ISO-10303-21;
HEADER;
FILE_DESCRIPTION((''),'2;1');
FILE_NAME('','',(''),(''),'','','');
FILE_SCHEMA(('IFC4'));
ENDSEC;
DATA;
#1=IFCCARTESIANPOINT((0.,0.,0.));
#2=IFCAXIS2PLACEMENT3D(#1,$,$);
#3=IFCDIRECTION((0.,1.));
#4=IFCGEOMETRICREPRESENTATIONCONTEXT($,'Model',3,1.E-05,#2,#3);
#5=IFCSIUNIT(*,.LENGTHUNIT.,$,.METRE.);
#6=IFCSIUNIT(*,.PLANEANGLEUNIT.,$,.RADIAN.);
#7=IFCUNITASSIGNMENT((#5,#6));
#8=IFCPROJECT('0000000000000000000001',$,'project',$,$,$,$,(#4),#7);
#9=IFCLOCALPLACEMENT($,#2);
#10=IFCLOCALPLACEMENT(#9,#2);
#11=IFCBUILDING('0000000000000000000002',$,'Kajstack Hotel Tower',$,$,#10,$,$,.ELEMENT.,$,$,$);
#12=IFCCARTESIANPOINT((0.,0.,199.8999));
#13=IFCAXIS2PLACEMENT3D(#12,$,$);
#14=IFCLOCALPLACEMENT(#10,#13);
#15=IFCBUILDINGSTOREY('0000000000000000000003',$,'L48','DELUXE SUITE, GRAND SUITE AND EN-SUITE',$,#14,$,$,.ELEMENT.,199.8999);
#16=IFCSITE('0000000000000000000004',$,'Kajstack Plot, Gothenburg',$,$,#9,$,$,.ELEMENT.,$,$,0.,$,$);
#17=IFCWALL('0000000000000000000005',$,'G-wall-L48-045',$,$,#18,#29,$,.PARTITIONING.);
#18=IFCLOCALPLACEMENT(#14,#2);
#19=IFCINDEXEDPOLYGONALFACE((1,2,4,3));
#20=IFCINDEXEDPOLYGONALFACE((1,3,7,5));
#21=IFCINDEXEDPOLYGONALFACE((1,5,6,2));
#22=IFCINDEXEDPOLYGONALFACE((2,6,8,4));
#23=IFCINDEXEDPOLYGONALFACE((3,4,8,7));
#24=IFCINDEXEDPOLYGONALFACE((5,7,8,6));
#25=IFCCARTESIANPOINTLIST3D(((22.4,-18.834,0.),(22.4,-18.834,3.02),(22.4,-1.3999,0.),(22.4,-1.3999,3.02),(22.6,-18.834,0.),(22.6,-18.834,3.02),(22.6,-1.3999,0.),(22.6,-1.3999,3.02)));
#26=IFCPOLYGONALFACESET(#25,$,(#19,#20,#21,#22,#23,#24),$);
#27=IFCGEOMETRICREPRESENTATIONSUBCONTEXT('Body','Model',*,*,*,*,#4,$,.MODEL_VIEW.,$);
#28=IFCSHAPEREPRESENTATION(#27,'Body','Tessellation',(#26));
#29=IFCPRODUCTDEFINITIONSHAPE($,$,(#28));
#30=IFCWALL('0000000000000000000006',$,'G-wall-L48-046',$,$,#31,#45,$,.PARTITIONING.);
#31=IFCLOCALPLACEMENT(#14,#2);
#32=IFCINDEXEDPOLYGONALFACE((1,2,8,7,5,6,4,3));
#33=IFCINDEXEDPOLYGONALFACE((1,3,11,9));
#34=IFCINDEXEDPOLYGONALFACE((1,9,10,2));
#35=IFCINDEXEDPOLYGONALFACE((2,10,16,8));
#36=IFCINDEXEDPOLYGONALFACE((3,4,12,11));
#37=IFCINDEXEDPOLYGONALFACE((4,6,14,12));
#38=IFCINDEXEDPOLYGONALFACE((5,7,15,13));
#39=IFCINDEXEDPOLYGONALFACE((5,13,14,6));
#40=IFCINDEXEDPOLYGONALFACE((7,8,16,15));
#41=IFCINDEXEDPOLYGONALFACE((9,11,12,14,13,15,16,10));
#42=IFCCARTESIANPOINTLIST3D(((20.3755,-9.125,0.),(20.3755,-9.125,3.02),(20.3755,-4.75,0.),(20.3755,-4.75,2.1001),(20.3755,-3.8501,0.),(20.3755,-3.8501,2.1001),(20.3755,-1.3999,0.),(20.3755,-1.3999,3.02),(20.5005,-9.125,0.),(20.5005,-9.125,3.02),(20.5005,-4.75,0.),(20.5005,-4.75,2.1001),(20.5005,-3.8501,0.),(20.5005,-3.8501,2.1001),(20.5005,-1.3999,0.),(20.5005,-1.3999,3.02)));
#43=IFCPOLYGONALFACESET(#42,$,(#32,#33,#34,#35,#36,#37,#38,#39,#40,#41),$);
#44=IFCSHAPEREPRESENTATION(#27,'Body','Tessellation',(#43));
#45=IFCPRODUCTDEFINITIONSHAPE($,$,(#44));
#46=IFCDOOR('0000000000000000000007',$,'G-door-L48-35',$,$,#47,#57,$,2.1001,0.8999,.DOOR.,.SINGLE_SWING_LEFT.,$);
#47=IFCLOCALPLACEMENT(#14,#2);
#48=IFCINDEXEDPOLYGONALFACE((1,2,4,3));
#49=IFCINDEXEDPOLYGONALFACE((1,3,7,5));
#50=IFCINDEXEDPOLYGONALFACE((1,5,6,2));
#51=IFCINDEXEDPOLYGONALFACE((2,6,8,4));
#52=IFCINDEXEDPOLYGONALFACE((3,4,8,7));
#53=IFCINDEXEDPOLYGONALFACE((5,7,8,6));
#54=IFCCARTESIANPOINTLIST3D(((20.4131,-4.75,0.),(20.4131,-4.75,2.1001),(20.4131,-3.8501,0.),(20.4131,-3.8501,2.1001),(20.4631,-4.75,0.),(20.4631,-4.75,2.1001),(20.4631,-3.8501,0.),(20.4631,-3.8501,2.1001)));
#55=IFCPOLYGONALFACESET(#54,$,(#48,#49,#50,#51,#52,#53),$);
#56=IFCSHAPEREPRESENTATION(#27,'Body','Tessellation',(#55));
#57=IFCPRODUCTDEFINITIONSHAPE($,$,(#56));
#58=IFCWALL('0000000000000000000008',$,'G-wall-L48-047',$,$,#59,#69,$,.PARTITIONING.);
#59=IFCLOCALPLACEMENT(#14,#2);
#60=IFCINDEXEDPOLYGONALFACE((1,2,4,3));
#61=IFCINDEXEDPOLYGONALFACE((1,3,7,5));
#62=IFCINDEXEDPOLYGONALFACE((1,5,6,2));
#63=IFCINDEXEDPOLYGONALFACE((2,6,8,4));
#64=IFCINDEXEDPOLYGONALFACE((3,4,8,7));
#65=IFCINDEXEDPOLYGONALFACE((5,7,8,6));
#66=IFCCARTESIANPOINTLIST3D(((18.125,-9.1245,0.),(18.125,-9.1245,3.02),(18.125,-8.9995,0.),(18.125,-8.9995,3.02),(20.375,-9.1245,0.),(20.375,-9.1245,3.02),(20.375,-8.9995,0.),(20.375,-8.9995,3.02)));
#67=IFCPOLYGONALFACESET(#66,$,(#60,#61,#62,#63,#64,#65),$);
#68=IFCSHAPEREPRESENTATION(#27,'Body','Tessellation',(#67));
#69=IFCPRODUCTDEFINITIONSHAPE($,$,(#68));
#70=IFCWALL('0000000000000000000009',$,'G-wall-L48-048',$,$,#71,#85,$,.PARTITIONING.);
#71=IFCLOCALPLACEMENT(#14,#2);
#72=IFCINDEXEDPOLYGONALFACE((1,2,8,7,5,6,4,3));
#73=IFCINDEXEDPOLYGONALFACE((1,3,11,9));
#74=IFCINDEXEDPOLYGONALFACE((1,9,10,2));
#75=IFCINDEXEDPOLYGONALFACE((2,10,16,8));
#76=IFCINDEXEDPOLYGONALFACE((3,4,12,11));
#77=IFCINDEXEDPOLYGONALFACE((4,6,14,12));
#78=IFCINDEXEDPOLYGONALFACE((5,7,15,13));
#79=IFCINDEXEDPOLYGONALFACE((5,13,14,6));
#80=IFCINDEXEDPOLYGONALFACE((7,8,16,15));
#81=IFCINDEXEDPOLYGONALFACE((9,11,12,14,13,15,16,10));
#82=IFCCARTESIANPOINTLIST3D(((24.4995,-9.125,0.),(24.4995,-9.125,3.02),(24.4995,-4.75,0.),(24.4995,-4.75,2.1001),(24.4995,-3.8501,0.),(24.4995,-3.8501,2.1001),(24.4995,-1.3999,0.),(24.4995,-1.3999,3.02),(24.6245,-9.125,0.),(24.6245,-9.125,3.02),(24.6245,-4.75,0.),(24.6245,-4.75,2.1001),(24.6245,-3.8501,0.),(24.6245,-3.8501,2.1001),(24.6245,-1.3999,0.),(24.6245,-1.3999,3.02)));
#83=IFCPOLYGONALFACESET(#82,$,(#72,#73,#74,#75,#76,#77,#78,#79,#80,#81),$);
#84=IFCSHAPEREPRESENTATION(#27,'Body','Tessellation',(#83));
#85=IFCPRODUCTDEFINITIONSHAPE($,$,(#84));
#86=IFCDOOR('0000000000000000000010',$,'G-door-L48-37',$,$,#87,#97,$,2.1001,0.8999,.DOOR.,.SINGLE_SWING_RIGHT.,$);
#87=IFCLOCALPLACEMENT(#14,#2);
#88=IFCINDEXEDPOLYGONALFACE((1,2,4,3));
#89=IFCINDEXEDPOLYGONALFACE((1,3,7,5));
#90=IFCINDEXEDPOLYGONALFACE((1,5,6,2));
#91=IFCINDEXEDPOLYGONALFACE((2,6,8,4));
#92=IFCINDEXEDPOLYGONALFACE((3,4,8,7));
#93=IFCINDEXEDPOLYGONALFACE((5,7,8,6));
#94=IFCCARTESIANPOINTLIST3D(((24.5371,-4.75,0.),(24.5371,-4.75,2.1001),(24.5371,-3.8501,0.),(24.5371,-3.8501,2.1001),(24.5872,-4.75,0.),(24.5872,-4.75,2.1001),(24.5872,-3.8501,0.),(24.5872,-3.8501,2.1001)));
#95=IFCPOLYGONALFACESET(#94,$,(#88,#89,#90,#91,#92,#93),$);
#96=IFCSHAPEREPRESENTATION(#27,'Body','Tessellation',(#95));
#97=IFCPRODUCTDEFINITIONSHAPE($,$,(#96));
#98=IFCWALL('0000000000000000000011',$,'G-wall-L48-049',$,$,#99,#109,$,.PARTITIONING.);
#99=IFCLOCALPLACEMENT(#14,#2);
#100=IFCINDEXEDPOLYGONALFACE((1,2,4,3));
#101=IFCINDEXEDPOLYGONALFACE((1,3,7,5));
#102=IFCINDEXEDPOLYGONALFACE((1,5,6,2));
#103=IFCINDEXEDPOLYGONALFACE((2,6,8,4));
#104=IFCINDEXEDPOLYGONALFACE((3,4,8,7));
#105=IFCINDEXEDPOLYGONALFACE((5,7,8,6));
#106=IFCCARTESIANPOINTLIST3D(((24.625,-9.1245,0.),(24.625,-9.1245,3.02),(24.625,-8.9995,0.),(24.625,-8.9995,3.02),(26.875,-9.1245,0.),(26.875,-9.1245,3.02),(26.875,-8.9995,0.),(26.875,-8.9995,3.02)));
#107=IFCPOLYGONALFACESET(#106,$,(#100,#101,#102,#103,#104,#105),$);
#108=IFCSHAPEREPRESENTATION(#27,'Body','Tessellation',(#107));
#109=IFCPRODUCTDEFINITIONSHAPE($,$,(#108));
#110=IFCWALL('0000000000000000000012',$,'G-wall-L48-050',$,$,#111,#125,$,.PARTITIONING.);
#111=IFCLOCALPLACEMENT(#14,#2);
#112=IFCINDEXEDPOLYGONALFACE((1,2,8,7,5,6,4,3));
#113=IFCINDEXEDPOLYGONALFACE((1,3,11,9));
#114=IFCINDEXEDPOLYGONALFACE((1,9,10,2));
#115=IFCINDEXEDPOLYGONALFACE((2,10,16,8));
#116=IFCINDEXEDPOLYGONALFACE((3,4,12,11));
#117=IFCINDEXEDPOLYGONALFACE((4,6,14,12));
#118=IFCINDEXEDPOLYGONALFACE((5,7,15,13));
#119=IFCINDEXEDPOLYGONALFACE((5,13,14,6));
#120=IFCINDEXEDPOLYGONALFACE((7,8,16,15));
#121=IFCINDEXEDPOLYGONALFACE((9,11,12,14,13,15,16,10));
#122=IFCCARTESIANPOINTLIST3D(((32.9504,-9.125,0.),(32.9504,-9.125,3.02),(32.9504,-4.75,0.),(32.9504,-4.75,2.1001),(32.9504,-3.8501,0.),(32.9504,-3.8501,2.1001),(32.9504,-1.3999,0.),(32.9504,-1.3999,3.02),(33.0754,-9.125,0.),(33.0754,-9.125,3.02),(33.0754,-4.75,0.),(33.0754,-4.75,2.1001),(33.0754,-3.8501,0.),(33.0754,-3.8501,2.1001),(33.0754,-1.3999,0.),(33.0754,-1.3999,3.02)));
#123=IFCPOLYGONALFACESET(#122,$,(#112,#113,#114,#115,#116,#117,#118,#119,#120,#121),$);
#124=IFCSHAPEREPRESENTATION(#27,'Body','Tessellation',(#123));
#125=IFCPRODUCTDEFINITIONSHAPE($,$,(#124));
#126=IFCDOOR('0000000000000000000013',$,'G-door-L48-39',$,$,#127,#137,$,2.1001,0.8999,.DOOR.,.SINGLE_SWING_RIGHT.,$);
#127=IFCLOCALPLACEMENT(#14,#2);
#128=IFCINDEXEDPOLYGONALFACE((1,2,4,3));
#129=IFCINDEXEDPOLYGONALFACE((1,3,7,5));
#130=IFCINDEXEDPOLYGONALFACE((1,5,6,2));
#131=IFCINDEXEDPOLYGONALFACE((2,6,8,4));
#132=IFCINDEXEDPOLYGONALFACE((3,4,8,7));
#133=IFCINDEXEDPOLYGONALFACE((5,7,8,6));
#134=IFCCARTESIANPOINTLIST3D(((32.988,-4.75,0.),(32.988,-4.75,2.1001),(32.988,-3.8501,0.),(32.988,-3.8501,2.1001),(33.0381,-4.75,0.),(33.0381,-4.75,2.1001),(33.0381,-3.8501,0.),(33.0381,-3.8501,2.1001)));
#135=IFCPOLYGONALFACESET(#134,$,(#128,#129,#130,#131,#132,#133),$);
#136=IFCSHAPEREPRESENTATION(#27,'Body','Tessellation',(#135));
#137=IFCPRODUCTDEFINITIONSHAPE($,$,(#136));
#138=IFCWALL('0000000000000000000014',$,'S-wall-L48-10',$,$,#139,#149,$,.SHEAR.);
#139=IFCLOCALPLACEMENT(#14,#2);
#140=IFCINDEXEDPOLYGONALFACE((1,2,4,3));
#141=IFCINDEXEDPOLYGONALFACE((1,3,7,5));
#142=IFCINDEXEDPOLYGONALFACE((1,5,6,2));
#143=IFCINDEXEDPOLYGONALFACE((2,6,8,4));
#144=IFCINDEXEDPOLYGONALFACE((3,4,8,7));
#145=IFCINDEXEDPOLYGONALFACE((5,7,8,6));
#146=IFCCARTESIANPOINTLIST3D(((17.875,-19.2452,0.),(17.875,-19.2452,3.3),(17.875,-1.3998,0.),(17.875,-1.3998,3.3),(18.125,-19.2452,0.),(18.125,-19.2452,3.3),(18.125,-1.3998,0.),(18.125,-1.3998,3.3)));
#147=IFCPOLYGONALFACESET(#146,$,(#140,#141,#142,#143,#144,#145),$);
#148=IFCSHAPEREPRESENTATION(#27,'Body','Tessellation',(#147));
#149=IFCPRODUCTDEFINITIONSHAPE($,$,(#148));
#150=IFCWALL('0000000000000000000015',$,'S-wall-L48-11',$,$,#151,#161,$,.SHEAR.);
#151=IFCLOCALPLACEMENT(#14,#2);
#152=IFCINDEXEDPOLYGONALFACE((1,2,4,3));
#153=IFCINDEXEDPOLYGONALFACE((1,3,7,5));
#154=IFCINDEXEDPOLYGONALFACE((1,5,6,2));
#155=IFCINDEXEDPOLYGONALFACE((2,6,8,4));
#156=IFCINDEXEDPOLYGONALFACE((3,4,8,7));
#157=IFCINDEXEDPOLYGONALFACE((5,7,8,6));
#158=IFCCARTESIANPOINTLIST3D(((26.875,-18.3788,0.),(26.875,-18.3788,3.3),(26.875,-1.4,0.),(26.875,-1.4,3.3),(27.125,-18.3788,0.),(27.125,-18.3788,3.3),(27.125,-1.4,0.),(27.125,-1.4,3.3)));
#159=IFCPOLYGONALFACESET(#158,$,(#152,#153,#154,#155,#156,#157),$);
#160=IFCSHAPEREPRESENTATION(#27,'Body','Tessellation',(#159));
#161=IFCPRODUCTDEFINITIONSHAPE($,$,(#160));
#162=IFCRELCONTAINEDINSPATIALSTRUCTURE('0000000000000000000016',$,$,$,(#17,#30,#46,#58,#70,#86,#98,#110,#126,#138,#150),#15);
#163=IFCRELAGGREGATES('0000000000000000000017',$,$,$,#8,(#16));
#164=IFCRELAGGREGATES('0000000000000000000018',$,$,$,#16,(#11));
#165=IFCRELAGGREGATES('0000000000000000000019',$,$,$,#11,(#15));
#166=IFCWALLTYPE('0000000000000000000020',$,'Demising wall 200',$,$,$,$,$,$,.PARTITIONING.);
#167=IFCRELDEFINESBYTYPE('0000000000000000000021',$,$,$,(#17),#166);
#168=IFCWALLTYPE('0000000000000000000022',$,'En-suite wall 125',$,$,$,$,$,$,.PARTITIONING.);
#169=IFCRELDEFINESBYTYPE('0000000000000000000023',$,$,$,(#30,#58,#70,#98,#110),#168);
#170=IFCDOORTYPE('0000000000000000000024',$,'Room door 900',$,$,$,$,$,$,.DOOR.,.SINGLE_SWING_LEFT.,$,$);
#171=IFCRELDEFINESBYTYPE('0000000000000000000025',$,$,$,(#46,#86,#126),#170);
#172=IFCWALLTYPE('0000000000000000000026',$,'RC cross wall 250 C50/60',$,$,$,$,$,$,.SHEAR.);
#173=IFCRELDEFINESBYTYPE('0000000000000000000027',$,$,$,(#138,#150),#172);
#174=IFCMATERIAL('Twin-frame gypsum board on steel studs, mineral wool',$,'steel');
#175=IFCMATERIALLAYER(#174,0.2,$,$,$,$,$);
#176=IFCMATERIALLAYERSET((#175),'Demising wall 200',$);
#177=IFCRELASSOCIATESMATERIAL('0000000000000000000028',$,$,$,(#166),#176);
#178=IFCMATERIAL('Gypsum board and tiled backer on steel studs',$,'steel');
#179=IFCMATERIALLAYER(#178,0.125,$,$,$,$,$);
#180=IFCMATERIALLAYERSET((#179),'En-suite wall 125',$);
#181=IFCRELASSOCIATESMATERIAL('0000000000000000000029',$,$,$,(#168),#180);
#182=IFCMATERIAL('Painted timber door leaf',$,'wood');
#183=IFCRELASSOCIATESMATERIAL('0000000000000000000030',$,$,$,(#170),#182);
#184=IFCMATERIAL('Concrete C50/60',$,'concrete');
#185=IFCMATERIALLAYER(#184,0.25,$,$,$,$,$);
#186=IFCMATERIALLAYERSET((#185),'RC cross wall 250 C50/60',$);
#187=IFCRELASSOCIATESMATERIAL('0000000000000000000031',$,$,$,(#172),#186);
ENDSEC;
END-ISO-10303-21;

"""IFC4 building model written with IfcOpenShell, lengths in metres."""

from ifc_helpers import new_model, si_unit, direction, frame, frame_2d, origin, place, context, subcontext, project, spatial, rectangle, extrude, material, layer, layer_set, type_object, element, fill, save


model = new_model("IFC4")

# Units and contexts
model_context = context("Model", 3, precision=1e-05, world=origin(), true_north=direction((0.0, 1.0)))
body_context = subcontext(model_context, "Body", "Model", "MODEL_VIEW")
ifc_project = project(units=[si_unit("LENGTHUNIT", "METRE"), si_unit("PLANEANGLEUNIT", "RADIAN")], contexts=[model_context])

# Site, building, storey
site_placement = place(None, origin())
site = spatial("IfcSite", under=ifc_project, at=site_placement, Name="Kajstack Plot, Gothenburg", CompositionType="ELEMENT", RefElevation=0.0)
building_placement = place(site_placement, origin())
building = spatial("IfcBuilding", under=site, at=building_placement, Name="Kajstack Hotel Tower", CompositionType="ELEMENT")
storey_placement = place(building_placement, frame((0.0, 0.0, 199.8999)))
storey = spatial("IfcBuildingStorey", under=building, at=storey_placement, Name="L48", Description="DELUXE SUITE, GRAND SUITE AND EN-SUITE", CompositionType="ELEMENT", Elevation=199.8999)

# Wall
ifc_material_1 = material(Name="Twin-frame gypsum board on steel studs, mineral wool", Category="steel")
ifc_layer_1 = layer(ifc_material_1, 0.2)
ifc_layer_set_1 = layer_set([ifc_layer_1], Name="Demising wall 200")
wall_type_1 = type_object("IfcWallType", Name="Demising wall 200", PredefinedType="PARTITIONING", material=ifc_layer_set_1)
wall_1_placement = place(storey_placement, frame((22.5, -18.834, 0.0), z_axis=(0.0, 0.0, 1.0), x_axis=(0.0, 1.0, 0.0)))
element("IfcWall", 1, at=wall_1_placement, inside=storey, type_object=wall_type_1, Name="G-wall-L48-045", PredefinedType="PARTITIONING", context=body_context, shape_type="SweptSolid", body=[
    extrude(rectangle(XDim=17.4341, YDim=0.2, at=frame_2d((8.717, 0.0))), origin(), (0.0, 0.0, 1.0), 3.02),
])

# Wall, opening, door
ifc_material_2 = material(Name="Gypsum board and tiled backer on steel studs", Category="steel")
ifc_layer_2 = layer(ifc_material_2, 0.125)
ifc_layer_set_2 = layer_set([ifc_layer_2], Name="En-suite wall 125")
wall_type_2 = type_object("IfcWallType", Name="En-suite wall 125", PredefinedType="PARTITIONING", material=ifc_layer_set_2)
wall_2_placement = place(storey_placement, frame((20.438, -9.125, 0.0), z_axis=(0.0, 0.0, 1.0), x_axis=(0.0, 1.0, 0.0)))
wall_2 = element("IfcWall", 2, at=wall_2_placement, inside=storey, type_object=wall_type_2, Name="G-wall-L48-046", PredefinedType="PARTITIONING", context=body_context, shape_type="SweptSolid", body=[
    extrude(rectangle(XDim=7.7251, YDim=0.125, at=frame_2d((3.8625, 0.0))), origin(), (0.0, 0.0, 1.0), 3.02),
])
opening_1_placement = place(wall_2_placement, frame((4.375, 0.0, 0.0)))
opening_1 = element("IfcOpeningElement", 3, at=opening_1_placement, cuts=wall_2, PredefinedType="OPENING", context=body_context, shape_type="SweptSolid", body=[
    extrude(rectangle(XDim=0.8999, YDim=2.1001, at=frame_2d((0.45, 1.05))), frame((0.0, 0.0725, 0.0), z_axis=(0.0, -1.0, 0.0), x_axis=(1.0, 0.0, 0.0)), (0.0, 0.0, 1.0), 0.145),
])
ifc_material_3 = material(Name="Painted timber door leaf", Category="wood")
door_type_1 = type_object("IfcDoorType", Name="Room door 900", OperationType="SINGLE_SWING_LEFT", PredefinedType="DOOR", material=ifc_material_3)
door_1_placement = place(opening_1_placement, origin())
door_1 = element("IfcDoor", 4, at=door_1_placement, inside=storey, type_object=door_type_1, Name="G-door-L48-35", OperationType="SINGLE_SWING_LEFT", OverallHeight=2.1001, OverallWidth=0.8999, PredefinedType="DOOR", context=body_context, shape_type="SweptSolid", body=[
    extrude(rectangle(XDim=0.8999, YDim=2.1001, at=frame_2d((0.45, 1.05))), frame((0.0, 0.0249, 0.0), z_axis=(0.0, -1.0, 0.0), x_axis=(1.0, 0.0, 0.0)), (0.0, 0.0, 1.0), 0.05),
])
fill(opening_1, door_1)

# Wall
wall_3_placement = place(storey_placement, frame((18.125, -9.062, 0.0), z_axis=(0.0, 0.0, 1.0), x_axis=(1.0, 0.0, 0.0)))
element("IfcWall", 5, at=wall_3_placement, inside=storey, type_object=wall_type_2, Name="G-wall-L48-047", PredefinedType="PARTITIONING", context=body_context, shape_type="SweptSolid", body=[
    extrude(rectangle(XDim=2.25, YDim=0.125, at=frame_2d((1.125, 0.0))), origin(), (0.0, 0.0, 1.0), 3.02),
])

# Wall, opening, door
wall_4_placement = place(storey_placement, frame((24.562, -9.125, 0.0), z_axis=(0.0, 0.0, 1.0), x_axis=(0.0, 1.0, 0.0)))
wall_4 = element("IfcWall", 6, at=wall_4_placement, inside=storey, type_object=wall_type_2, Name="G-wall-L48-048", PredefinedType="PARTITIONING", context=body_context, shape_type="SweptSolid", body=[
    extrude(rectangle(XDim=7.7251, YDim=0.125, at=frame_2d((3.8625, 0.0))), origin(), (0.0, 0.0, 1.0), 3.02),
])
opening_2_placement = place(wall_4_placement, frame((4.375, 0.0, 0.0)))
opening_2 = element("IfcOpeningElement", 7, at=opening_2_placement, cuts=wall_4, PredefinedType="OPENING", context=body_context, shape_type="SweptSolid", body=[
    extrude(rectangle(XDim=0.8999, YDim=2.1001, at=frame_2d((0.45, 1.05))), frame((0.0, 0.0725, 0.0), z_axis=(0.0, -1.0, 0.0), x_axis=(1.0, 0.0, 0.0)), (0.0, 0.0, 1.0), 0.145),
])
door_2_placement = place(opening_2_placement, origin())
door_2 = element("IfcDoor", 8, at=door_2_placement, inside=storey, type_object=door_type_1, Name="G-door-L48-37", OperationType="SINGLE_SWING_RIGHT", OverallHeight=2.1001, OverallWidth=0.8999, PredefinedType="DOOR", context=body_context, shape_type="SweptSolid", body=[
    extrude(rectangle(XDim=0.8999, YDim=2.1001, at=frame_2d((0.45, 1.05))), frame((0.0, 0.0249, 0.0), z_axis=(0.0, -1.0, 0.0), x_axis=(1.0, 0.0, 0.0)), (0.0, 0.0, 1.0), 0.05),
])
fill(opening_2, door_2)

# Wall
wall_5_placement = place(storey_placement, frame((24.625, -9.062, 0.0), z_axis=(0.0, 0.0, 1.0), x_axis=(1.0, 0.0, 0.0)))
element("IfcWall", 9, at=wall_5_placement, inside=storey, type_object=wall_type_2, Name="G-wall-L48-049", PredefinedType="PARTITIONING", context=body_context, shape_type="SweptSolid", body=[
    extrude(rectangle(XDim=2.25, YDim=0.125, at=frame_2d((1.125, 0.0))), origin(), (0.0, 0.0, 1.0), 3.02),
])

# Wall, opening, door
wall_6_placement = place(storey_placement, frame((33.0129, -9.125, 0.0), z_axis=(0.0, 0.0, 1.0), x_axis=(0.0, 1.0, 0.0)))
wall_6 = element("IfcWall", 10, at=wall_6_placement, inside=storey, type_object=wall_type_2, Name="G-wall-L48-050", PredefinedType="PARTITIONING", context=body_context, shape_type="SweptSolid", body=[
    extrude(rectangle(XDim=7.7251, YDim=0.125, at=frame_2d((3.8625, 0.0))), origin(), (0.0, 0.0, 1.0), 3.02),
])
opening_3_placement = place(wall_6_placement, frame((4.375, 0.0, 0.0)))
opening_3 = element("IfcOpeningElement", 11, at=opening_3_placement, cuts=wall_6, PredefinedType="OPENING", context=body_context, shape_type="SweptSolid", body=[
    extrude(rectangle(XDim=0.8999, YDim=2.1001, at=frame_2d((0.45, 1.05))), frame((0.0, 0.0725, 0.0), z_axis=(0.0, -1.0, 0.0), x_axis=(1.0, 0.0, 0.0)), (0.0, 0.0, 1.0), 0.145),
])
door_3_placement = place(opening_3_placement, origin())
door_3 = element("IfcDoor", 12, at=door_3_placement, inside=storey, type_object=door_type_1, Name="G-door-L48-39", OperationType="SINGLE_SWING_RIGHT", OverallHeight=2.1001, OverallWidth=0.8999, PredefinedType="DOOR", context=body_context, shape_type="SweptSolid", body=[
    extrude(rectangle(XDim=0.8999, YDim=2.1001, at=frame_2d((0.45, 1.05))), frame((0.0, 0.0249, 0.0), z_axis=(0.0, -1.0, 0.0), x_axis=(1.0, 0.0, 0.0)), (0.0, 0.0, 1.0), 0.05),
])
fill(opening_3, door_3)

# Walls
ifc_material_4 = material(Name="Concrete C50/60", Category="concrete")
ifc_layer_3 = layer(ifc_material_4, 0.25)
ifc_layer_set_3 = layer_set([ifc_layer_3], Name="RC cross wall 250 C50/60")
wall_type_3 = type_object("IfcWallType", Name="RC cross wall 250 C50/60", PredefinedType="SHEAR", material=ifc_layer_set_3)
wall_7_placement = place(storey_placement, frame((18.0, -19.2454, 0.0), z_axis=(0.0, 0.0, 1.0), x_axis=(0.0, 1.0, 0.0)))
element("IfcWall", 13, at=wall_7_placement, inside=storey, type_object=wall_type_3, Name="S-wall-L48-10", PredefinedType="SHEAR", context=body_context, shape_type="SweptSolid", body=[
    extrude(rectangle(XDim=17.8455, YDim=0.25, at=frame_2d((8.9229, 0.0))), origin(), (0.0, 0.0, 1.0), 3.3),
])
wall_8_placement = place(storey_placement, frame((27.0, -18.3787, 0.0), z_axis=(0.0, 0.0, 1.0), x_axis=(0.0, 1.0, 0.0)))
element("IfcWall", 14, at=wall_8_placement, inside=storey, type_object=wall_type_3, Name="S-wall-L48-11", PredefinedType="SHEAR", context=body_context, shape_type="SweptSolid", body=[
    extrude(rectangle(XDim=16.9788, YDim=0.25, at=frame_2d((8.4893, 0.0))), origin(), (0.0, 0.0, 1.0), 3.3),
])

save(model, "model.ifc")
